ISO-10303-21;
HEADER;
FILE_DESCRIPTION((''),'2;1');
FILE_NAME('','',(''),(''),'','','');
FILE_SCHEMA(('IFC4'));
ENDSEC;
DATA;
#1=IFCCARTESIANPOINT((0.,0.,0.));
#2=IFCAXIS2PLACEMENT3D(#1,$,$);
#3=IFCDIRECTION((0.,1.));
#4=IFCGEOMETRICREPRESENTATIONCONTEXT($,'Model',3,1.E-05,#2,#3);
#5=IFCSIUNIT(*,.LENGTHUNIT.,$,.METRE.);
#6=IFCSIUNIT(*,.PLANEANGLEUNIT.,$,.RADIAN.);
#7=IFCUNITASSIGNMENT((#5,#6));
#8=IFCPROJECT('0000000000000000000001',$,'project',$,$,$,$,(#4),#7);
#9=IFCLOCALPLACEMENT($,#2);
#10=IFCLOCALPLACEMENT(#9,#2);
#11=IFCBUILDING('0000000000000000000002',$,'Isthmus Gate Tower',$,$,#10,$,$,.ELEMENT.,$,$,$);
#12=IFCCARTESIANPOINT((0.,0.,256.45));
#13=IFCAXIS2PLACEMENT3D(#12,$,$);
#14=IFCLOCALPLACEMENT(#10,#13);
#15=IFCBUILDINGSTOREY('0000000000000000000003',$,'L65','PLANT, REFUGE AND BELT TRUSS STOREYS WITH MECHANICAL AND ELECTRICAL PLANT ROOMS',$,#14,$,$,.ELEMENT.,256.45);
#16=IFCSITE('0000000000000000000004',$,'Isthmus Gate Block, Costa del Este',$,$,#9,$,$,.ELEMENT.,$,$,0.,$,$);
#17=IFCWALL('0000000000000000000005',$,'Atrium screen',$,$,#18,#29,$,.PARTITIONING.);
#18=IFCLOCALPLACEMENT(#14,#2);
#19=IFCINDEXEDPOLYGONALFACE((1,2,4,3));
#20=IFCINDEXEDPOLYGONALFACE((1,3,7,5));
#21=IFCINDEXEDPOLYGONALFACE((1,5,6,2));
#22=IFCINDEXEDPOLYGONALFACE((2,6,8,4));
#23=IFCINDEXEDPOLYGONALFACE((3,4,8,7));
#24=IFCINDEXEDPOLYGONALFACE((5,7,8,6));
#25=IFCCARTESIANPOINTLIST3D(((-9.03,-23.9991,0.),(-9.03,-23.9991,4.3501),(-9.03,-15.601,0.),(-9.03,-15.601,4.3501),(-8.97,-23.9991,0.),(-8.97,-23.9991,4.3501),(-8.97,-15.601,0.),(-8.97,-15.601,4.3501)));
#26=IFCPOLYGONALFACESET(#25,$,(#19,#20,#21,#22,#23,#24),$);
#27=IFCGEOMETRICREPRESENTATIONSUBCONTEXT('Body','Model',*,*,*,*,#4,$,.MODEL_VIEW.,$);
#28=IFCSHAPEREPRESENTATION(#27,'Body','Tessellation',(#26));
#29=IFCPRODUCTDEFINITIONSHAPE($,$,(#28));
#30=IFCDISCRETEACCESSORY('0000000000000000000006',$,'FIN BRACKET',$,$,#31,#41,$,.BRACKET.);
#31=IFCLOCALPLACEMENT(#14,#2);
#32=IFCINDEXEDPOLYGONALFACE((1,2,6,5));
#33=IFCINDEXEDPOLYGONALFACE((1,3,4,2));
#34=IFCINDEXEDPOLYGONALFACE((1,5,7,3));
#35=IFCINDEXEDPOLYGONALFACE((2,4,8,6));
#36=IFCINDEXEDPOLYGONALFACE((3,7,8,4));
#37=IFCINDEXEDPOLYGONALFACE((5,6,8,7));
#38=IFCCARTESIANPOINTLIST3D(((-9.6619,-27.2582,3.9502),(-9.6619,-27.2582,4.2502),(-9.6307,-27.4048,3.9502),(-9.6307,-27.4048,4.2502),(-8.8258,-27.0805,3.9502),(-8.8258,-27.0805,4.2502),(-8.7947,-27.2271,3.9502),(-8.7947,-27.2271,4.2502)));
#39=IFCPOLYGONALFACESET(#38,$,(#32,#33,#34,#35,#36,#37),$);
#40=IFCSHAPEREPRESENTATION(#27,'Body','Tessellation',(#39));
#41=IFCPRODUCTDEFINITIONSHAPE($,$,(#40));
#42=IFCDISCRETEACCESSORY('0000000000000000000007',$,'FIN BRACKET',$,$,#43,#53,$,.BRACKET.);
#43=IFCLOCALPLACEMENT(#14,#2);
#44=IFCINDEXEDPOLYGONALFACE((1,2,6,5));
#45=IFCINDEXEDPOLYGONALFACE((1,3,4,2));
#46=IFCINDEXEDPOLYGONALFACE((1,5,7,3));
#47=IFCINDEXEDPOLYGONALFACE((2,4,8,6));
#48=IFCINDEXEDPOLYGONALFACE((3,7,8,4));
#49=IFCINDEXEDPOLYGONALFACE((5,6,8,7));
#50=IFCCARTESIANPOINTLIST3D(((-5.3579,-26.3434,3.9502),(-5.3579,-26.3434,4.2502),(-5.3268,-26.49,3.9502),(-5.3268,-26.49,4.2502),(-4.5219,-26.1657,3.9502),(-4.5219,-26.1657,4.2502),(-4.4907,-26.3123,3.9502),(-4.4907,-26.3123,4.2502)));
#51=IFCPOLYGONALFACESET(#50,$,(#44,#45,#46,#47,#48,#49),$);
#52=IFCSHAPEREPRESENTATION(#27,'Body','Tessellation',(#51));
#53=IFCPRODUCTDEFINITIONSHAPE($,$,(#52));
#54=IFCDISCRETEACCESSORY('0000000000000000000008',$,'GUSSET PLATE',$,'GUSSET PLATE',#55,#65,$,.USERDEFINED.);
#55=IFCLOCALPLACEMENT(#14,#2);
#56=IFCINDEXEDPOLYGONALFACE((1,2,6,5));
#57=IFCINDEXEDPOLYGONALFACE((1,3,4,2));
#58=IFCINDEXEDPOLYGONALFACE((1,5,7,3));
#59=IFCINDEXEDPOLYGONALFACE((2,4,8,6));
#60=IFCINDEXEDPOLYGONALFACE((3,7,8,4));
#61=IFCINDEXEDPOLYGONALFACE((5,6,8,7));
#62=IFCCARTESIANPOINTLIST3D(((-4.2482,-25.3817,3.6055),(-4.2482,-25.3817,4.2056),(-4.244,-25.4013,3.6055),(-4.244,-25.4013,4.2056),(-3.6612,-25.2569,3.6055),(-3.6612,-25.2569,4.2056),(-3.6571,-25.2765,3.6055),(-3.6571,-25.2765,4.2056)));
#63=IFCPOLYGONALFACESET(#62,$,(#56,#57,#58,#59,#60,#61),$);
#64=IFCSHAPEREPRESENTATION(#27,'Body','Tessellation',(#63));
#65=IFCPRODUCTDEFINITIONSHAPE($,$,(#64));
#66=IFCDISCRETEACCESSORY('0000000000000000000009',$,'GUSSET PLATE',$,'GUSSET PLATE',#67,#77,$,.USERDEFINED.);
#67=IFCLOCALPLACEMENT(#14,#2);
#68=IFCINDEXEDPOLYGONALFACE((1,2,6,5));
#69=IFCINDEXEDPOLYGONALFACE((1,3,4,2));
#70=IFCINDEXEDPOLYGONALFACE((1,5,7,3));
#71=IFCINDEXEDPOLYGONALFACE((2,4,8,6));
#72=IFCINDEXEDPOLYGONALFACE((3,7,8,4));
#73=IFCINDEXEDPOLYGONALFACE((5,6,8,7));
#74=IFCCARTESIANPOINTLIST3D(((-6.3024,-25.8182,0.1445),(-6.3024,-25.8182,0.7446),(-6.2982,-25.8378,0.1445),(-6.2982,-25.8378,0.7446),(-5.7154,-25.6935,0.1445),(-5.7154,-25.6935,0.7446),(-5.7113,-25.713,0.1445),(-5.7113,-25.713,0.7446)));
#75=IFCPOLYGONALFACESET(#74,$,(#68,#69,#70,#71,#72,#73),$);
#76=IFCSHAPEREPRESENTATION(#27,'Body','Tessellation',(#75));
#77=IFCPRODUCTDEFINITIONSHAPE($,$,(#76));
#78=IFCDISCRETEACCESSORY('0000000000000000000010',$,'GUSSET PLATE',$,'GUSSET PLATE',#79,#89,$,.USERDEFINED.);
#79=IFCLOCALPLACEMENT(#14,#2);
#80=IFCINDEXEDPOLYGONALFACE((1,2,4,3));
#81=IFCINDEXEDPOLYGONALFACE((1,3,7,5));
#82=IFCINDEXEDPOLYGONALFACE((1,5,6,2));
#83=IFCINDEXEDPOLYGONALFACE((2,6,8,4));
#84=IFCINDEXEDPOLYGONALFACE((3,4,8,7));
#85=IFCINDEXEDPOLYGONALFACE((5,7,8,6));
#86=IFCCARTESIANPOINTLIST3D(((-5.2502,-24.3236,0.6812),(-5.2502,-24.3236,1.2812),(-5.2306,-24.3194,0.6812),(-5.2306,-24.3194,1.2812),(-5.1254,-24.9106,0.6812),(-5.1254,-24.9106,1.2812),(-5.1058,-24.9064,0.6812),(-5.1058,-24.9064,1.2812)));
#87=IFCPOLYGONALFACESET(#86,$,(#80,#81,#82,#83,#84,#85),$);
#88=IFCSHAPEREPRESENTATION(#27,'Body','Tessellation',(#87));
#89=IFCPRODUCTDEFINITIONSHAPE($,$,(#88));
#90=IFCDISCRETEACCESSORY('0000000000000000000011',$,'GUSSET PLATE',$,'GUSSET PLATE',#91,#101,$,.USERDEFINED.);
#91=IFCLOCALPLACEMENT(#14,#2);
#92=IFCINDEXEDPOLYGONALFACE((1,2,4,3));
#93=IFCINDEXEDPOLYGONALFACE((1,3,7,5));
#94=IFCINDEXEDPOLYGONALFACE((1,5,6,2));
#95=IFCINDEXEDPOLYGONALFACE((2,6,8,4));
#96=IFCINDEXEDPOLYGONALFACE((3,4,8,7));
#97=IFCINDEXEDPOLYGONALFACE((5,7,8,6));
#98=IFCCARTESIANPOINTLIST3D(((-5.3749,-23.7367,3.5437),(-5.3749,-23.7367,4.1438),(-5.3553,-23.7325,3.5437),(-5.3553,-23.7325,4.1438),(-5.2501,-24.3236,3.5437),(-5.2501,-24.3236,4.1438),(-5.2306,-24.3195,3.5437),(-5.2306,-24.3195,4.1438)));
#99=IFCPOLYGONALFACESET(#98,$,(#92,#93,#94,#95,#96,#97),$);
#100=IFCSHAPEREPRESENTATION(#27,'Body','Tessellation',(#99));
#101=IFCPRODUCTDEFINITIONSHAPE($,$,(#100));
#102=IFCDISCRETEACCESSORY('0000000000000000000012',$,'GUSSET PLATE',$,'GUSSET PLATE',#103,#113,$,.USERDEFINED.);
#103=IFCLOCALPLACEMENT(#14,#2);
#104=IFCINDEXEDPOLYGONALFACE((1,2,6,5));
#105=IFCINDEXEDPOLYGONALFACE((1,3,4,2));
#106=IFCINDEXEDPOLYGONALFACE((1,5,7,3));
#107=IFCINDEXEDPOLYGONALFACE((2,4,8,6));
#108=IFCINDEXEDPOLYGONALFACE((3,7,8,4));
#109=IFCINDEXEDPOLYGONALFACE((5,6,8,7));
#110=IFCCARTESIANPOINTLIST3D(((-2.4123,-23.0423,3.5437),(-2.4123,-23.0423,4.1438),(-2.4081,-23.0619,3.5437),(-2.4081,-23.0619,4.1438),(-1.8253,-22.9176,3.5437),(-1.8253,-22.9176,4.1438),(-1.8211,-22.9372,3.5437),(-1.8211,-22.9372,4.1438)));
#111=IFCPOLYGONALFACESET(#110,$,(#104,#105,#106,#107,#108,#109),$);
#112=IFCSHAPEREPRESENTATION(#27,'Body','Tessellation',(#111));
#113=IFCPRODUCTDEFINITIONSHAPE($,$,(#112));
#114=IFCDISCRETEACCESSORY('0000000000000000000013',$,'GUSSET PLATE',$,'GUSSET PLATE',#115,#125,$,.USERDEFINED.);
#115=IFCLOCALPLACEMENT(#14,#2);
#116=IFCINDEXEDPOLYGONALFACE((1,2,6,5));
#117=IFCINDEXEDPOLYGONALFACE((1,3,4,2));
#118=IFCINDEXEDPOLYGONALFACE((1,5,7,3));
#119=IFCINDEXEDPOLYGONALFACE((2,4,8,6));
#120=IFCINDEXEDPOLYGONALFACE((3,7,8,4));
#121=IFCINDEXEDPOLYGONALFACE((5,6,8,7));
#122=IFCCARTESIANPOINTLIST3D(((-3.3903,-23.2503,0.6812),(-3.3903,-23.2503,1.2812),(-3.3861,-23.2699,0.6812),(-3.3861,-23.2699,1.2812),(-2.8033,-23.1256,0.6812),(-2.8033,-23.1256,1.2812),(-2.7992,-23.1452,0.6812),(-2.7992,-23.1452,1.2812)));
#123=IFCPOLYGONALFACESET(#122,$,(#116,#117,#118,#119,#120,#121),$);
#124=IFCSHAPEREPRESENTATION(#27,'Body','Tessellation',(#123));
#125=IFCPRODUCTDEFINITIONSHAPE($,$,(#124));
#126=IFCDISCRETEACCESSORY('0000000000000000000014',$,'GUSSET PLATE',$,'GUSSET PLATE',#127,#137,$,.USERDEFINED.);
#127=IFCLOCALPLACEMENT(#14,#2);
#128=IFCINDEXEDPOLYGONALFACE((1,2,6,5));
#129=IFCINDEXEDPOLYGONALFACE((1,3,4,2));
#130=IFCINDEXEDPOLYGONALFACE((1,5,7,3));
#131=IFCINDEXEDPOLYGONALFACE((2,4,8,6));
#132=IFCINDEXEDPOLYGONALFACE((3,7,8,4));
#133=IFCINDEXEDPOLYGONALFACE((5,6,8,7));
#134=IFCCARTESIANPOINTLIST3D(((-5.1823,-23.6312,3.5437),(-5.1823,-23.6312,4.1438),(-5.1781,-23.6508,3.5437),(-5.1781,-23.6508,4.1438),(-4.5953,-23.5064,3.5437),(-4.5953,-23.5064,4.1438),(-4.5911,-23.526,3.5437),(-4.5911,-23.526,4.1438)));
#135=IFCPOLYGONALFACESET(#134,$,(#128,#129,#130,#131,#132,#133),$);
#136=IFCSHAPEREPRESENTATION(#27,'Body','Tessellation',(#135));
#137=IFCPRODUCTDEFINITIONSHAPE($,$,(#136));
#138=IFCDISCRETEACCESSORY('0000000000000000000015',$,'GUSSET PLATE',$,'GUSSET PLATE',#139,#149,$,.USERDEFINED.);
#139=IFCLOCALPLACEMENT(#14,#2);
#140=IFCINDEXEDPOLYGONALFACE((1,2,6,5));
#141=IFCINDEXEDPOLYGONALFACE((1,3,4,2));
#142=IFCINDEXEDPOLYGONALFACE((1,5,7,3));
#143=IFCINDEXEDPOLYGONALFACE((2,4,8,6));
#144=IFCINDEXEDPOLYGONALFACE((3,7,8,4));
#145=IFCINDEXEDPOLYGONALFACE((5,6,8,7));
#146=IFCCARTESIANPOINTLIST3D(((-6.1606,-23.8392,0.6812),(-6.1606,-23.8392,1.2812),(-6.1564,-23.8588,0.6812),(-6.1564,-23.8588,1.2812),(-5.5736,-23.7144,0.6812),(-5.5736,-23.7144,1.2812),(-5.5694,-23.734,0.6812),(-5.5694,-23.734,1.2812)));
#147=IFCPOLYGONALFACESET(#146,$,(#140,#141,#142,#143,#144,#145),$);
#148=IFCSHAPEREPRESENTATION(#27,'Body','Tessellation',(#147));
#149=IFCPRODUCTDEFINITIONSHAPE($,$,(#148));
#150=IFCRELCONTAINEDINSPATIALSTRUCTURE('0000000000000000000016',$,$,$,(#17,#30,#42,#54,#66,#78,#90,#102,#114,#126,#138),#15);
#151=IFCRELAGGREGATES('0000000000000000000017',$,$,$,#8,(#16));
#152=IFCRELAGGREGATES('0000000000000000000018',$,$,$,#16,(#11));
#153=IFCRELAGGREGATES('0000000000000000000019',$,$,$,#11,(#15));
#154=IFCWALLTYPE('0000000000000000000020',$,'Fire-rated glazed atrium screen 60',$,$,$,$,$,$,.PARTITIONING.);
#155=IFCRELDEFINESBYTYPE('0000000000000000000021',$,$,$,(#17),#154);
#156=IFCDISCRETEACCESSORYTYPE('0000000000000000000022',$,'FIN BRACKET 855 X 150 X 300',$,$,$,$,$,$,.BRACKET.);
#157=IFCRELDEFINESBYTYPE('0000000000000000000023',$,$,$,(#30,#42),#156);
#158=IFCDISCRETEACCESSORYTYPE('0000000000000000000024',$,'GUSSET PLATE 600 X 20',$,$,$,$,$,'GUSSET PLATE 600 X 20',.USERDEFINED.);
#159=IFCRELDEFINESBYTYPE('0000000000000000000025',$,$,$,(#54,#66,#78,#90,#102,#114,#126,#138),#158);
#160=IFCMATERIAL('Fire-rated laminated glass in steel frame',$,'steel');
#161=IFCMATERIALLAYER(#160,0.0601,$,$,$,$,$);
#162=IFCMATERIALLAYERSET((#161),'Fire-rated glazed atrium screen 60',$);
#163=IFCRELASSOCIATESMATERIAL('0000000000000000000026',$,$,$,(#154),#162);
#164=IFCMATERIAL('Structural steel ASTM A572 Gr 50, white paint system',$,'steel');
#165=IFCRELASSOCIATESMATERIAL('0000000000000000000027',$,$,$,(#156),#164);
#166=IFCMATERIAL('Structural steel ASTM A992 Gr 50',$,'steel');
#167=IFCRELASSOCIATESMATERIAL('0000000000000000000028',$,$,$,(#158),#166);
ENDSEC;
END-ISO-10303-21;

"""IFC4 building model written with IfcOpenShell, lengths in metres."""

from ifc_helpers import new_model, si_unit, direction, frame, frame_2d, origin, origin_2d, place, context, subcontext, project, spatial, rectangle, extrude, material, layer, layer_set, type_object, element, save


model = new_model("IFC4")

# Units and contexts
model_context = context("Model", 3, precision=1e-05, world=origin(), true_north=direction((0.0, 1.0)))
body_context = subcontext(model_context, "Body", "Model", "MODEL_VIEW")
ifc_project = project(units=[si_unit("LENGTHUNIT", "METRE"), si_unit("PLANEANGLEUNIT", "RADIAN")], contexts=[model_context])

# Site, building, storey
site_placement = place(None, origin())
site = spatial("IfcSite", under=ifc_project, at=site_placement, Name="Isthmus Gate Block, Costa del Este", CompositionType="ELEMENT", RefElevation=0.0)
building_placement = place(site_placement, origin())
building = spatial("IfcBuilding", under=site, at=building_placement, Name="Isthmus Gate Tower", CompositionType="ELEMENT")
storey_placement = place(building_placement, frame((0.0, 0.0, 256.45)))
storey = spatial("IfcBuildingStorey", under=building, at=storey_placement, Name="L65", Description="PLANT, REFUGE AND BELT TRUSS STOREYS WITH MECHANICAL AND ELECTRICAL PLANT ROOMS", CompositionType="ELEMENT", Elevation=256.45)

# Wall
ifc_material_1 = material(Name="Fire-rated laminated glass in steel frame", Category="steel")
ifc_layer_1 = layer(ifc_material_1, 0.0601)
ifc_layer_set_1 = layer_set([ifc_layer_1], Name="Fire-rated glazed atrium screen 60")
wall_type = type_object("IfcWallType", Name="Fire-rated glazed atrium screen 60", PredefinedType="PARTITIONING", material=ifc_layer_set_1)
wall_placement = place(storey_placement, frame((-9.0, -23.9993, 0.0), z_axis=(0.0, 0.0, 1.0), x_axis=(0.0, 1.0, 0.0)))
element("IfcWall", 1, at=wall_placement, inside=storey, type_object=wall_type, Name="Atrium screen", PredefinedType="PARTITIONING", context=body_context, shape_type="SweptSolid", body=[
    extrude(rectangle(XDim=8.3982, YDim=0.0601, at=frame_2d((4.1992, 0.0))), origin(), (0.0, 0.0, 1.0), 4.3501),
])

# Discrete accessories
ifc_material_2 = material(Name="Structural steel ASTM A572 Gr 50, white paint system", Category="steel")
discrete_accessory_type_1 = type_object("IfcDiscreteAccessoryType", Name="FIN BRACKET 855 X 150 X 300", PredefinedType="BRACKET", material=ifc_material_2)
for number, where, z_axis, x_axis, name in (
    (2, (-9.2283, -27.2427, 3.9502), (0.0, 0.0, 1.0), (0.207912, -0.978148, 0.0), "FIN BRACKET"),
    (3, (-4.9243, -26.3279, 3.9502), (0.0, 0.0, 1.0), (0.207912, -0.978148, 0.0), "FIN BRACKET"),
):
    element("IfcDiscreteAccessory", number, at=place(storey_placement, frame(where, z_axis=z_axis, x_axis=x_axis)), inside=storey, type_object=discrete_accessory_type_1, Name=name, PredefinedType="BRACKET", context=body_context, shape_type="SweptSolid", body=[
        extrude(rectangle(XDim=0.1499, YDim=0.8547, at=origin_2d()), origin(), (0.0, 0.0, 1.0), 0.3),
    ])
ifc_material_3 = material(Name="Structural steel ASTM A992 Gr 50", Category="steel")
discrete_accessory_type_2 = type_object("IfcDiscreteAccessoryType", Name="GUSSET PLATE 600 X 20", ElementType="GUSSET PLATE 600 X 20", PredefinedType="USERDEFINED", material=ifc_material_3)
for number, where, z_axis, x_axis, name in (
    (4, (-3.9526, -25.3291, 3.6055), (0.0, 0.0, 1.0), (-0.978148, -0.207912, 0.0), "GUSSET PLATE"),
    (5, (-6.0068, -25.7656, 0.1445), (0.0, 0.0, 1.0), (-0.978148, -0.207912, 0.0), "GUSSET PLATE"),
    (6, (-5.178, -24.615, 0.6812), (0.0, 0.0, 1.0), (-0.207912, 0.978148, 0.0), "GUSSET PLATE"),
    (7, (-5.3027, -24.0281, 3.5437), (0.0, 0.0, 1.0), (-0.207912, 0.978148, 0.0), "GUSSET PLATE"),
    (8, (-2.1167, -22.9897, 3.5437), (0.0, 0.0, 1.0), (-0.978148, -0.207912, 0.0), "GUSSET PLATE"),
    (9, (-3.0947, -23.1978, 0.6812), (0.0, 0.0, 1.0), (-0.978148, -0.207912, 0.0), "GUSSET PLATE"),
    (10, (-4.8867, -23.5786, 3.5437), (0.0, 0.0, 1.0), (-0.978148, -0.207912, 0.0), "GUSSET PLATE"),
    (11, (-5.865, -23.7866, 0.6812), (0.0, 0.0, 1.0), (-0.978148, -0.207912, 0.0), "GUSSET PLATE"),
):
    element("IfcDiscreteAccessory", number, at=place(storey_placement, frame(where, z_axis=z_axis, x_axis=x_axis)), inside=storey, type_object=discrete_accessory_type_2, Name=name, ObjectType="GUSSET PLATE", PredefinedType="USERDEFINED", context=body_context, shape_type="SweptSolid", body=[
        extrude(rectangle(XDim=0.6001, YDim=0.02, at=origin_2d()), origin(), (0.0, 0.0, 1.0), 0.6001),
    ])

save(model, "model.ifc")
